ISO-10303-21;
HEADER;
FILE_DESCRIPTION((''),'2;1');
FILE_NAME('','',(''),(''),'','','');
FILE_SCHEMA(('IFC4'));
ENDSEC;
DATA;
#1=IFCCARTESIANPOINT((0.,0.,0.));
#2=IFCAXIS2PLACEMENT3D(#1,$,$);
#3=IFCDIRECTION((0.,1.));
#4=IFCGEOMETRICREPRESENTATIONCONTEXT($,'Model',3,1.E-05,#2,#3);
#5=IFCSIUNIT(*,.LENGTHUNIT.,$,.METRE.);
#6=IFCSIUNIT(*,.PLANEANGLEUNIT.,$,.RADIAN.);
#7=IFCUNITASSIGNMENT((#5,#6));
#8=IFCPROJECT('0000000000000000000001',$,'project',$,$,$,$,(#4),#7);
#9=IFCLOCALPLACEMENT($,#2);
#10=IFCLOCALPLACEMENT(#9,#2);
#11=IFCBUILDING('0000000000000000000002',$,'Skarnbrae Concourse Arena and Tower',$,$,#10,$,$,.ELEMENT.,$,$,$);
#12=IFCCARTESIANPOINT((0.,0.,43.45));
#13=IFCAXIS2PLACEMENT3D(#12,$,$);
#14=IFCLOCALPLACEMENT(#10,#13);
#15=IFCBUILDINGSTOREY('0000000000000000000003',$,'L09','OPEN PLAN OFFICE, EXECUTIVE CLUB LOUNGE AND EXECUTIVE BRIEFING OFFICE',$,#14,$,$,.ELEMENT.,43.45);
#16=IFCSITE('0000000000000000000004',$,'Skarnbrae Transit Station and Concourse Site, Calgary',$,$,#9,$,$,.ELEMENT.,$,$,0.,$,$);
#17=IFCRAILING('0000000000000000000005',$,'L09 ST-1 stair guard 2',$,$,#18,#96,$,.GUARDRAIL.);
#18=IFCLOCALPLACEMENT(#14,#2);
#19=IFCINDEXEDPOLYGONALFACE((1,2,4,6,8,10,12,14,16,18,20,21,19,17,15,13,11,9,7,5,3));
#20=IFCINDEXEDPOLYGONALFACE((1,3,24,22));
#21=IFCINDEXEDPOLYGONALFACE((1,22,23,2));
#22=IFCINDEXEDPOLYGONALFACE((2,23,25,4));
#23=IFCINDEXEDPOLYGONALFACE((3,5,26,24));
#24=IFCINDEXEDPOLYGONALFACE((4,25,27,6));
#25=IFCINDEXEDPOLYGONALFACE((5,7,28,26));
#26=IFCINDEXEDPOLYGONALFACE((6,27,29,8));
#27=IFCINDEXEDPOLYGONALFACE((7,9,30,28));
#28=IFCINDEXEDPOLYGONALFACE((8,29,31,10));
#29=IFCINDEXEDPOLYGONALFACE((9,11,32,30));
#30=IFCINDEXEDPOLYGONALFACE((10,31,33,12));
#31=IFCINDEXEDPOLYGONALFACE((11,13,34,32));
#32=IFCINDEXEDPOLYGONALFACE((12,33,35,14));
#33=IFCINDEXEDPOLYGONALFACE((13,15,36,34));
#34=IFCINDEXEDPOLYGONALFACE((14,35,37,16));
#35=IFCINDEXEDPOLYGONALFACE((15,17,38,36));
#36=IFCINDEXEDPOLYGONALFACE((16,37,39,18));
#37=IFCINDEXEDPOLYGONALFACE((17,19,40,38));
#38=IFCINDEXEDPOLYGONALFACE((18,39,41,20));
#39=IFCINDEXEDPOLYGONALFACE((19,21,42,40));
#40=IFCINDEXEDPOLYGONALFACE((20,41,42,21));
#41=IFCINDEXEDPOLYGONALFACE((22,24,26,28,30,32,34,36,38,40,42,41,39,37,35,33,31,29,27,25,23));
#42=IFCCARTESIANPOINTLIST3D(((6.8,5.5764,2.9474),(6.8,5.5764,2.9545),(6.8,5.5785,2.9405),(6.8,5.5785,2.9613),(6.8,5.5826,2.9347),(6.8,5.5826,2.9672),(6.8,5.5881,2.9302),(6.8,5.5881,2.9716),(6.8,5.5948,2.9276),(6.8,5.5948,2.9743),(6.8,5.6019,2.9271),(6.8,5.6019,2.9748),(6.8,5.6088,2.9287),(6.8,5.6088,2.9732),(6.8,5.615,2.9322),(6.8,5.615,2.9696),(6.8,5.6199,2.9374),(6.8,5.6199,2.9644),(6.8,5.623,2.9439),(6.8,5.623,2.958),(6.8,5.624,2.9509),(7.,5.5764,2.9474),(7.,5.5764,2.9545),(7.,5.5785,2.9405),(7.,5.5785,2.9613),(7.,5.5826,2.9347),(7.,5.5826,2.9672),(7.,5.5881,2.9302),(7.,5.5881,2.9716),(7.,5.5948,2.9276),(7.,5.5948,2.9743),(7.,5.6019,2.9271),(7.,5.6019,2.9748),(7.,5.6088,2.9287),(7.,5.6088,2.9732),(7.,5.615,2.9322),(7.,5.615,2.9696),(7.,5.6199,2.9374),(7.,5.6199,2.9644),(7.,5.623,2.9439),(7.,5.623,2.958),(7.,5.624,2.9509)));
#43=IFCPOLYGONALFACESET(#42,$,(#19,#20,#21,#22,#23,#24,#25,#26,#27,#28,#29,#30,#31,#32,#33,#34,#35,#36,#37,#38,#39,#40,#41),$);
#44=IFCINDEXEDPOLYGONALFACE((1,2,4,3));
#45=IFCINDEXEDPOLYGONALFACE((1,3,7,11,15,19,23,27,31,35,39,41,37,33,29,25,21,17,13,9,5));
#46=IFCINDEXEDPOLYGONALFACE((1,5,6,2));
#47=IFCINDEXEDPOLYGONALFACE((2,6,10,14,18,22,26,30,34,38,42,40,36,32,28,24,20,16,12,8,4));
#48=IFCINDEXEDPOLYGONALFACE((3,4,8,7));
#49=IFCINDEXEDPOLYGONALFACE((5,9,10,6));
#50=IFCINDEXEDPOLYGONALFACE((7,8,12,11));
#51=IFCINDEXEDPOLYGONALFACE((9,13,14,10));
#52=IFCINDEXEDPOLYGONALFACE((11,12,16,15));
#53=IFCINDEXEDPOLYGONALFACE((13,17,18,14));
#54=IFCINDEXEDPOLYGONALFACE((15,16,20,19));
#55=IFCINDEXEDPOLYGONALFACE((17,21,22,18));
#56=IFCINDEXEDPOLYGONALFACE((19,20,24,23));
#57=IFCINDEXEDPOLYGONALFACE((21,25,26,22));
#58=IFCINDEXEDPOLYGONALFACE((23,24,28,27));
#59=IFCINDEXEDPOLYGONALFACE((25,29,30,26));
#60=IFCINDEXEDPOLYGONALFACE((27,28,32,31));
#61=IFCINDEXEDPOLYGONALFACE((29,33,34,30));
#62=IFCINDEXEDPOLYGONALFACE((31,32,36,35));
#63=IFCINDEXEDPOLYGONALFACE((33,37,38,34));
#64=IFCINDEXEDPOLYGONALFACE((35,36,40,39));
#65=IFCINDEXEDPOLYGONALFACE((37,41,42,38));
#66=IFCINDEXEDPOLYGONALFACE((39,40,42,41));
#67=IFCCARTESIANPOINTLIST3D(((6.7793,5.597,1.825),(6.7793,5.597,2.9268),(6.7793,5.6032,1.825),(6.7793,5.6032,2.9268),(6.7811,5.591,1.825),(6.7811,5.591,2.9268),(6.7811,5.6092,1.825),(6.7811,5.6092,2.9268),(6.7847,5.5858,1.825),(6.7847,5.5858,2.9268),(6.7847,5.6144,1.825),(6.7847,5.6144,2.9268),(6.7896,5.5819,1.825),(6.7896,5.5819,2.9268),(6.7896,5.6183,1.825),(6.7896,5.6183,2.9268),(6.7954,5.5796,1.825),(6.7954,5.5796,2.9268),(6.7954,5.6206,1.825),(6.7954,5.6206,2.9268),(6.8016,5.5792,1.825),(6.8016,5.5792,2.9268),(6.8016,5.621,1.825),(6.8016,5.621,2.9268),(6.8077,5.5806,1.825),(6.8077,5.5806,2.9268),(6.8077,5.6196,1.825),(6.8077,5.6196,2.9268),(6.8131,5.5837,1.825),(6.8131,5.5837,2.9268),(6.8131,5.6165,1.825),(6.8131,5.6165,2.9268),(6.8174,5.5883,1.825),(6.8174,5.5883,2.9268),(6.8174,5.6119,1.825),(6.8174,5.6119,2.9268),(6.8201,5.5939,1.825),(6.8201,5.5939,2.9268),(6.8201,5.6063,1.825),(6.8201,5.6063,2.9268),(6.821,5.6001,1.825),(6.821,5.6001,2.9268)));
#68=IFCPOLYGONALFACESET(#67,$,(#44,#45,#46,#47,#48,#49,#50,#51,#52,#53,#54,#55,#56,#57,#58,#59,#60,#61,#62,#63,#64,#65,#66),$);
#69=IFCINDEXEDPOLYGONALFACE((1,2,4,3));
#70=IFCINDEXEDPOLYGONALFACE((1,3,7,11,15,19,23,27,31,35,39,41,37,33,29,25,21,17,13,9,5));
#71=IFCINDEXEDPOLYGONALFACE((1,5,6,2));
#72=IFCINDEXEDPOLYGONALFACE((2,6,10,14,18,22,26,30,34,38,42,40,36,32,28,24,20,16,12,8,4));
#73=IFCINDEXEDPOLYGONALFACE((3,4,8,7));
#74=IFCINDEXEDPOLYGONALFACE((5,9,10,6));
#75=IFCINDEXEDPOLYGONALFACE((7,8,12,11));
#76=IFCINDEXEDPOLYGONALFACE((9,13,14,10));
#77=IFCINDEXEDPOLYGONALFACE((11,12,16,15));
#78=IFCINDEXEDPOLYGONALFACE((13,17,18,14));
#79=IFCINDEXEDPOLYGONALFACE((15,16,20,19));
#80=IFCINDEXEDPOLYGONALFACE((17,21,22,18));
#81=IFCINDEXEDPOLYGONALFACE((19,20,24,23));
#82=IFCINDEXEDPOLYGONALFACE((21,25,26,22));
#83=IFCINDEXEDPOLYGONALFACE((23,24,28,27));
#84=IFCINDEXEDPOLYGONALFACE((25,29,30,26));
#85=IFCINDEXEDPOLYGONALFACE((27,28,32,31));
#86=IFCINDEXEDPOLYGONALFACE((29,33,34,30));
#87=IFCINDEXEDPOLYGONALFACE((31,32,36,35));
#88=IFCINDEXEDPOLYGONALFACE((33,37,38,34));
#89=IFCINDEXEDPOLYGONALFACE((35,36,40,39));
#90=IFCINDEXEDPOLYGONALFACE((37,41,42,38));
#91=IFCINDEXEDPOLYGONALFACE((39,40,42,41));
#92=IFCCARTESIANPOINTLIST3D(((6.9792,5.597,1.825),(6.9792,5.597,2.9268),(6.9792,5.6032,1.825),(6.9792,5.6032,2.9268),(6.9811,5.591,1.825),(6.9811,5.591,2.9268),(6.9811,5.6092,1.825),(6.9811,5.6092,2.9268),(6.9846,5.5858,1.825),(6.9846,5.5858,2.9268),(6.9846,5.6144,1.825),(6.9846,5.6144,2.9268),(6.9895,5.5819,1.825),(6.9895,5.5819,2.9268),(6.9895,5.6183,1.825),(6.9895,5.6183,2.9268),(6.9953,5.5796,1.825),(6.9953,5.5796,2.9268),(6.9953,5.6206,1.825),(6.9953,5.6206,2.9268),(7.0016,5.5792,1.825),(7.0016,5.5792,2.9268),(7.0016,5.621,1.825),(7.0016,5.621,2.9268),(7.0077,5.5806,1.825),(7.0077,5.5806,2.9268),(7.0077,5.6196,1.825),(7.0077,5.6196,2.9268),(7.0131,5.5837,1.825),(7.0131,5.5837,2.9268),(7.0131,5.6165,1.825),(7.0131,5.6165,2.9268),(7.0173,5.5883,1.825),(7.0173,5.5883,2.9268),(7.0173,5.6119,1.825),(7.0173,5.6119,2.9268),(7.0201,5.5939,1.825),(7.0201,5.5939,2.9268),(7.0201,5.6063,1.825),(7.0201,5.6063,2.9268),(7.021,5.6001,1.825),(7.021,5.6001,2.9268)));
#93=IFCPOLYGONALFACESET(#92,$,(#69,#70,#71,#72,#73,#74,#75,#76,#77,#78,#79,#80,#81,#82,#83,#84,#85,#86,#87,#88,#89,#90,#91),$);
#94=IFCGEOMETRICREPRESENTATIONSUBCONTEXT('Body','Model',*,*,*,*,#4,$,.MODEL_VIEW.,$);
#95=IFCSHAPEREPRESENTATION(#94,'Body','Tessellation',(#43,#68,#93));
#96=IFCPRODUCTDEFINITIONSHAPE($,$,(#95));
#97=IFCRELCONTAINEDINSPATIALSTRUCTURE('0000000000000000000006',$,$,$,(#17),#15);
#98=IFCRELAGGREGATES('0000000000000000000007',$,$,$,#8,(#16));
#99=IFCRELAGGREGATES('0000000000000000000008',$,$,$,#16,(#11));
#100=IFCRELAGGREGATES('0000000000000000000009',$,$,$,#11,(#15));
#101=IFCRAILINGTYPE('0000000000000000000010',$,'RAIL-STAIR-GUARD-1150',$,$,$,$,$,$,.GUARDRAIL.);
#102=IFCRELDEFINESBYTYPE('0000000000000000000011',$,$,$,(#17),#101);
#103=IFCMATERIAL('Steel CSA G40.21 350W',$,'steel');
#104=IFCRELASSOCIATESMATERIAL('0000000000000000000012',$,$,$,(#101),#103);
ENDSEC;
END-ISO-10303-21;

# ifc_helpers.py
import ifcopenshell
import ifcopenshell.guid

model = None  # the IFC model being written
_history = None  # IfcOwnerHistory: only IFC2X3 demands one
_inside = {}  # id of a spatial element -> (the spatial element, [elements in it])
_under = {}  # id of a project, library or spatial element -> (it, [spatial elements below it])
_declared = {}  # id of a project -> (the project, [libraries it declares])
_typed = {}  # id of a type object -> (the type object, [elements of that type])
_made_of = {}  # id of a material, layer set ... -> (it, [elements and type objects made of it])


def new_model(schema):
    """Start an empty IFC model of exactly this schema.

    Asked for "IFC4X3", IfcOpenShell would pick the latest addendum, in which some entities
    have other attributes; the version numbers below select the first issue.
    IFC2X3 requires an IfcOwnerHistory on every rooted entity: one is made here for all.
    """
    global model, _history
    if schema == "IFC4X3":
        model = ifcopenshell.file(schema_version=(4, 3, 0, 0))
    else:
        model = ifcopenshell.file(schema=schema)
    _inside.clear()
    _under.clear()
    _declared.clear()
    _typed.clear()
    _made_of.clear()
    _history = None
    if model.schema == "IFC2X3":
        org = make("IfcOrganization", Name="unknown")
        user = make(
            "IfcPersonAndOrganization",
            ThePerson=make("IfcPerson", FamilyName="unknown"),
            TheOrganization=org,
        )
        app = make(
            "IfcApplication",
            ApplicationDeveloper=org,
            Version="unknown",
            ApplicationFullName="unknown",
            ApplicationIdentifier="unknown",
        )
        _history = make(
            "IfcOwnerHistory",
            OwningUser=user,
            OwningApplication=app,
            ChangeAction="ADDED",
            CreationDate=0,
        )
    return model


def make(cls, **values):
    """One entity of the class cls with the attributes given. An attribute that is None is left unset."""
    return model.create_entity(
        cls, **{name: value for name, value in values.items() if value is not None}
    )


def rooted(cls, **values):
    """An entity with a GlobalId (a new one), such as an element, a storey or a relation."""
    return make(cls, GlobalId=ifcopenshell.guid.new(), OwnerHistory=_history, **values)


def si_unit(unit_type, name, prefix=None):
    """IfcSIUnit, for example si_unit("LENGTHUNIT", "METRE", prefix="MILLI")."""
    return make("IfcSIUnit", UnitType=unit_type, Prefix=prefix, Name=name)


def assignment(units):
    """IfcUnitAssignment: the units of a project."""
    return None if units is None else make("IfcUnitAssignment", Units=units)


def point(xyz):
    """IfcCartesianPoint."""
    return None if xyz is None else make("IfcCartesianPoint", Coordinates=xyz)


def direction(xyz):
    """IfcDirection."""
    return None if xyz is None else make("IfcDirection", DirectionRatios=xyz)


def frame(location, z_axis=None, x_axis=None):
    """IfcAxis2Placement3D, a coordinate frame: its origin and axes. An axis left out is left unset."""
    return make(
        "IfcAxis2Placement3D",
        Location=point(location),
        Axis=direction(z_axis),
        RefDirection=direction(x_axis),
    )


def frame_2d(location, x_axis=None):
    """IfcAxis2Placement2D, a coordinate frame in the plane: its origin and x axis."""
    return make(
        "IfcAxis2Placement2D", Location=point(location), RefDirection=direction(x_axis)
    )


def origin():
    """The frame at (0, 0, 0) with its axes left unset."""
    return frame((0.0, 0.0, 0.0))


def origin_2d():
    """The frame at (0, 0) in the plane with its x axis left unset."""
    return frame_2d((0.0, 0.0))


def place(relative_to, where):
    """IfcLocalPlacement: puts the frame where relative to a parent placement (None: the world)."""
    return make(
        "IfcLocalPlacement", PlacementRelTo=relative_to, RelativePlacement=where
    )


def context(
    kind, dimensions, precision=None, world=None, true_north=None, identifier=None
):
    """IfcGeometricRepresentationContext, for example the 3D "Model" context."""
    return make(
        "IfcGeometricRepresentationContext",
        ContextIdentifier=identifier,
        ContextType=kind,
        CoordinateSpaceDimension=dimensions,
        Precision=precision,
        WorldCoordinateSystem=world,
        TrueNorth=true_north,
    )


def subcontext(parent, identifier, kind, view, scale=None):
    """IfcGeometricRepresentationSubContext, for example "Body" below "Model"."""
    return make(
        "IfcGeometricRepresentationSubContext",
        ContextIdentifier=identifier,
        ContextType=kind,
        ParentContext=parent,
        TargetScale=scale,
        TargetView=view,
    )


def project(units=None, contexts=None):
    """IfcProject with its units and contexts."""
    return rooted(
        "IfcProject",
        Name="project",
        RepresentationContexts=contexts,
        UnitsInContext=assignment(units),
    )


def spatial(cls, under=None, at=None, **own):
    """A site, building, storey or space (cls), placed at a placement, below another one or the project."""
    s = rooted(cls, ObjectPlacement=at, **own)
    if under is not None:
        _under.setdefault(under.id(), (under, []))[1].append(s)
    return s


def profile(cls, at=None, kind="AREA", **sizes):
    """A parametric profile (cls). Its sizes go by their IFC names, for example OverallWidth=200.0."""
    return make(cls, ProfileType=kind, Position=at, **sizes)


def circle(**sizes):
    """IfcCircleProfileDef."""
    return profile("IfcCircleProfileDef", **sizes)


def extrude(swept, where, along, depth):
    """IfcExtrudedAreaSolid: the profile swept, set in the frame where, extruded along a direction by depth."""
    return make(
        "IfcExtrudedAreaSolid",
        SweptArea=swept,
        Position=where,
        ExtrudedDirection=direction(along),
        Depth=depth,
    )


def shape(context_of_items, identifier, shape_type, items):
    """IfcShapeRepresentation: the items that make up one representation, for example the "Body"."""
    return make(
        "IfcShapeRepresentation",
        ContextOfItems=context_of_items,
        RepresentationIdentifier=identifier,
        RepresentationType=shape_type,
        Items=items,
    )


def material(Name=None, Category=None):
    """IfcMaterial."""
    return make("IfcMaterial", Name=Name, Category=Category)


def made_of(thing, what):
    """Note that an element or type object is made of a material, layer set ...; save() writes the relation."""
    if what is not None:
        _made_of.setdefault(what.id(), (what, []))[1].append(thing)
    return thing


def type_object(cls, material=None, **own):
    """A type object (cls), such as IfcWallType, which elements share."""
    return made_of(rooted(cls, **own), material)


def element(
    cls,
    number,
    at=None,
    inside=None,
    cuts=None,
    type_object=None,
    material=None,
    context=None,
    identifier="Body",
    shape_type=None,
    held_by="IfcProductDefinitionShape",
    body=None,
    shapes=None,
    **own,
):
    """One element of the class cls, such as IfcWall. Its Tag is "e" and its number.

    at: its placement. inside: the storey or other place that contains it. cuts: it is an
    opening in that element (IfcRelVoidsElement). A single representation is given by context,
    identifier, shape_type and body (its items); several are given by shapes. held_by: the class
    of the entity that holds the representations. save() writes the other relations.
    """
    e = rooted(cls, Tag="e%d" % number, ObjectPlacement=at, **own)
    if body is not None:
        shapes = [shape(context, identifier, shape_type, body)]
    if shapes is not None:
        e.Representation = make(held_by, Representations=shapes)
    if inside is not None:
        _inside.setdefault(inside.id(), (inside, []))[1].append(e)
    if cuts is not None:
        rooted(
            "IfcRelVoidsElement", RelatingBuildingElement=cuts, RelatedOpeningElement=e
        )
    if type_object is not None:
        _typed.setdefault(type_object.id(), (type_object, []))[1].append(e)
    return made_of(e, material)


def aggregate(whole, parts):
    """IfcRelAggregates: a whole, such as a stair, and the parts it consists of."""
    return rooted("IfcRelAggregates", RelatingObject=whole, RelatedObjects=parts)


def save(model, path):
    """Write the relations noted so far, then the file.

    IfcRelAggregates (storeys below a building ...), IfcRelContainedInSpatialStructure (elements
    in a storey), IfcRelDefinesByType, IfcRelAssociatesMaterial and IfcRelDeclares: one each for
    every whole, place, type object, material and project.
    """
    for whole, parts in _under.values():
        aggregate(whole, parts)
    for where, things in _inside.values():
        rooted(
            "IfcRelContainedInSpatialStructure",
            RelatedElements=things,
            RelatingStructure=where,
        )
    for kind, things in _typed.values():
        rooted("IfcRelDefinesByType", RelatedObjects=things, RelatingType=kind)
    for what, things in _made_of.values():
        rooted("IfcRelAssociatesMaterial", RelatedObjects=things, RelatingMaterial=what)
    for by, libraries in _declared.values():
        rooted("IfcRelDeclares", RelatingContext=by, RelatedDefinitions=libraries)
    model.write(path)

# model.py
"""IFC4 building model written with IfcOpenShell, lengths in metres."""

from ifc_helpers import new_model, si_unit, direction, frame, origin, origin_2d, place, context, subcontext, project, spatial, circle, extrude, material, type_object, element, save


model = new_model("IFC4")

# Units and contexts
model_context = context("Model", 3, precision=1e-05, world=origin(), true_north=direction((0.0, 1.0)))
body_context = subcontext(model_context, "Body", "Model", "MODEL_VIEW")
ifc_project = project(units=[si_unit("LENGTHUNIT", "METRE"), si_unit("PLANEANGLEUNIT", "RADIAN")], contexts=[model_context])

# Site, building, storey
site_placement = place(None, origin())
site = spatial("IfcSite", under=ifc_project, at=site_placement, Name="Skarnbrae Transit Station and Concourse Site, Calgary", CompositionType="ELEMENT", RefElevation=0.0)
building_placement = place(site_placement, origin())
building = spatial("IfcBuilding", under=site, at=building_placement, Name="Skarnbrae Concourse Arena and Tower", CompositionType="ELEMENT")
storey_placement = place(building_placement, frame((0.0, 0.0, 43.45)))
storey = spatial("IfcBuildingStorey", under=building, at=storey_placement, Name="L09", Description="OPEN PLAN OFFICE, EXECUTIVE CLUB LOUNGE AND EXECUTIVE BRIEFING OFFICE", CompositionType="ELEMENT", Elevation=43.45)

# Shared definitions
ifc_material_1 = material(Name="Steel CSA G40.21 350W", Category="steel")

# Railing
railing_type_1 = type_object("IfcRailingType", Name="RAIL-STAIR-GUARD-1150", PredefinedType="GUARDRAIL", material=ifc_material_1)
railing_1_placement = place(storey_placement, frame((6.8, 5.6001, 1.825)))
element("IfcRailing", 1, at=railing_1_placement, inside=storey, type_object=railing_type_1, Name="L09 ST-1 stair guard 2", PredefinedType="GUARDRAIL", context=body_context, shape_type="SweptSolid", body=[
    extrude(circle(Radius=0.0239, at=origin_2d()), frame((0.0, 0.0, 1.126), z_axis=(1.0, 0.0, 0.0), x_axis=(0.0, 1.0, 0.0)), (0.0, 0.0, 1.0), 0.2),
    extrude(circle(Radius=0.021, at=origin_2d()), origin(), (0.0, 0.0, 1.0), 1.1018),
    extrude(circle(Radius=0.021, at=origin_2d()), frame((0.2, 0.0, 0.0)), (0.0, 0.0, 1.0), 1.1018),
])

save(model, "model.ifc")
